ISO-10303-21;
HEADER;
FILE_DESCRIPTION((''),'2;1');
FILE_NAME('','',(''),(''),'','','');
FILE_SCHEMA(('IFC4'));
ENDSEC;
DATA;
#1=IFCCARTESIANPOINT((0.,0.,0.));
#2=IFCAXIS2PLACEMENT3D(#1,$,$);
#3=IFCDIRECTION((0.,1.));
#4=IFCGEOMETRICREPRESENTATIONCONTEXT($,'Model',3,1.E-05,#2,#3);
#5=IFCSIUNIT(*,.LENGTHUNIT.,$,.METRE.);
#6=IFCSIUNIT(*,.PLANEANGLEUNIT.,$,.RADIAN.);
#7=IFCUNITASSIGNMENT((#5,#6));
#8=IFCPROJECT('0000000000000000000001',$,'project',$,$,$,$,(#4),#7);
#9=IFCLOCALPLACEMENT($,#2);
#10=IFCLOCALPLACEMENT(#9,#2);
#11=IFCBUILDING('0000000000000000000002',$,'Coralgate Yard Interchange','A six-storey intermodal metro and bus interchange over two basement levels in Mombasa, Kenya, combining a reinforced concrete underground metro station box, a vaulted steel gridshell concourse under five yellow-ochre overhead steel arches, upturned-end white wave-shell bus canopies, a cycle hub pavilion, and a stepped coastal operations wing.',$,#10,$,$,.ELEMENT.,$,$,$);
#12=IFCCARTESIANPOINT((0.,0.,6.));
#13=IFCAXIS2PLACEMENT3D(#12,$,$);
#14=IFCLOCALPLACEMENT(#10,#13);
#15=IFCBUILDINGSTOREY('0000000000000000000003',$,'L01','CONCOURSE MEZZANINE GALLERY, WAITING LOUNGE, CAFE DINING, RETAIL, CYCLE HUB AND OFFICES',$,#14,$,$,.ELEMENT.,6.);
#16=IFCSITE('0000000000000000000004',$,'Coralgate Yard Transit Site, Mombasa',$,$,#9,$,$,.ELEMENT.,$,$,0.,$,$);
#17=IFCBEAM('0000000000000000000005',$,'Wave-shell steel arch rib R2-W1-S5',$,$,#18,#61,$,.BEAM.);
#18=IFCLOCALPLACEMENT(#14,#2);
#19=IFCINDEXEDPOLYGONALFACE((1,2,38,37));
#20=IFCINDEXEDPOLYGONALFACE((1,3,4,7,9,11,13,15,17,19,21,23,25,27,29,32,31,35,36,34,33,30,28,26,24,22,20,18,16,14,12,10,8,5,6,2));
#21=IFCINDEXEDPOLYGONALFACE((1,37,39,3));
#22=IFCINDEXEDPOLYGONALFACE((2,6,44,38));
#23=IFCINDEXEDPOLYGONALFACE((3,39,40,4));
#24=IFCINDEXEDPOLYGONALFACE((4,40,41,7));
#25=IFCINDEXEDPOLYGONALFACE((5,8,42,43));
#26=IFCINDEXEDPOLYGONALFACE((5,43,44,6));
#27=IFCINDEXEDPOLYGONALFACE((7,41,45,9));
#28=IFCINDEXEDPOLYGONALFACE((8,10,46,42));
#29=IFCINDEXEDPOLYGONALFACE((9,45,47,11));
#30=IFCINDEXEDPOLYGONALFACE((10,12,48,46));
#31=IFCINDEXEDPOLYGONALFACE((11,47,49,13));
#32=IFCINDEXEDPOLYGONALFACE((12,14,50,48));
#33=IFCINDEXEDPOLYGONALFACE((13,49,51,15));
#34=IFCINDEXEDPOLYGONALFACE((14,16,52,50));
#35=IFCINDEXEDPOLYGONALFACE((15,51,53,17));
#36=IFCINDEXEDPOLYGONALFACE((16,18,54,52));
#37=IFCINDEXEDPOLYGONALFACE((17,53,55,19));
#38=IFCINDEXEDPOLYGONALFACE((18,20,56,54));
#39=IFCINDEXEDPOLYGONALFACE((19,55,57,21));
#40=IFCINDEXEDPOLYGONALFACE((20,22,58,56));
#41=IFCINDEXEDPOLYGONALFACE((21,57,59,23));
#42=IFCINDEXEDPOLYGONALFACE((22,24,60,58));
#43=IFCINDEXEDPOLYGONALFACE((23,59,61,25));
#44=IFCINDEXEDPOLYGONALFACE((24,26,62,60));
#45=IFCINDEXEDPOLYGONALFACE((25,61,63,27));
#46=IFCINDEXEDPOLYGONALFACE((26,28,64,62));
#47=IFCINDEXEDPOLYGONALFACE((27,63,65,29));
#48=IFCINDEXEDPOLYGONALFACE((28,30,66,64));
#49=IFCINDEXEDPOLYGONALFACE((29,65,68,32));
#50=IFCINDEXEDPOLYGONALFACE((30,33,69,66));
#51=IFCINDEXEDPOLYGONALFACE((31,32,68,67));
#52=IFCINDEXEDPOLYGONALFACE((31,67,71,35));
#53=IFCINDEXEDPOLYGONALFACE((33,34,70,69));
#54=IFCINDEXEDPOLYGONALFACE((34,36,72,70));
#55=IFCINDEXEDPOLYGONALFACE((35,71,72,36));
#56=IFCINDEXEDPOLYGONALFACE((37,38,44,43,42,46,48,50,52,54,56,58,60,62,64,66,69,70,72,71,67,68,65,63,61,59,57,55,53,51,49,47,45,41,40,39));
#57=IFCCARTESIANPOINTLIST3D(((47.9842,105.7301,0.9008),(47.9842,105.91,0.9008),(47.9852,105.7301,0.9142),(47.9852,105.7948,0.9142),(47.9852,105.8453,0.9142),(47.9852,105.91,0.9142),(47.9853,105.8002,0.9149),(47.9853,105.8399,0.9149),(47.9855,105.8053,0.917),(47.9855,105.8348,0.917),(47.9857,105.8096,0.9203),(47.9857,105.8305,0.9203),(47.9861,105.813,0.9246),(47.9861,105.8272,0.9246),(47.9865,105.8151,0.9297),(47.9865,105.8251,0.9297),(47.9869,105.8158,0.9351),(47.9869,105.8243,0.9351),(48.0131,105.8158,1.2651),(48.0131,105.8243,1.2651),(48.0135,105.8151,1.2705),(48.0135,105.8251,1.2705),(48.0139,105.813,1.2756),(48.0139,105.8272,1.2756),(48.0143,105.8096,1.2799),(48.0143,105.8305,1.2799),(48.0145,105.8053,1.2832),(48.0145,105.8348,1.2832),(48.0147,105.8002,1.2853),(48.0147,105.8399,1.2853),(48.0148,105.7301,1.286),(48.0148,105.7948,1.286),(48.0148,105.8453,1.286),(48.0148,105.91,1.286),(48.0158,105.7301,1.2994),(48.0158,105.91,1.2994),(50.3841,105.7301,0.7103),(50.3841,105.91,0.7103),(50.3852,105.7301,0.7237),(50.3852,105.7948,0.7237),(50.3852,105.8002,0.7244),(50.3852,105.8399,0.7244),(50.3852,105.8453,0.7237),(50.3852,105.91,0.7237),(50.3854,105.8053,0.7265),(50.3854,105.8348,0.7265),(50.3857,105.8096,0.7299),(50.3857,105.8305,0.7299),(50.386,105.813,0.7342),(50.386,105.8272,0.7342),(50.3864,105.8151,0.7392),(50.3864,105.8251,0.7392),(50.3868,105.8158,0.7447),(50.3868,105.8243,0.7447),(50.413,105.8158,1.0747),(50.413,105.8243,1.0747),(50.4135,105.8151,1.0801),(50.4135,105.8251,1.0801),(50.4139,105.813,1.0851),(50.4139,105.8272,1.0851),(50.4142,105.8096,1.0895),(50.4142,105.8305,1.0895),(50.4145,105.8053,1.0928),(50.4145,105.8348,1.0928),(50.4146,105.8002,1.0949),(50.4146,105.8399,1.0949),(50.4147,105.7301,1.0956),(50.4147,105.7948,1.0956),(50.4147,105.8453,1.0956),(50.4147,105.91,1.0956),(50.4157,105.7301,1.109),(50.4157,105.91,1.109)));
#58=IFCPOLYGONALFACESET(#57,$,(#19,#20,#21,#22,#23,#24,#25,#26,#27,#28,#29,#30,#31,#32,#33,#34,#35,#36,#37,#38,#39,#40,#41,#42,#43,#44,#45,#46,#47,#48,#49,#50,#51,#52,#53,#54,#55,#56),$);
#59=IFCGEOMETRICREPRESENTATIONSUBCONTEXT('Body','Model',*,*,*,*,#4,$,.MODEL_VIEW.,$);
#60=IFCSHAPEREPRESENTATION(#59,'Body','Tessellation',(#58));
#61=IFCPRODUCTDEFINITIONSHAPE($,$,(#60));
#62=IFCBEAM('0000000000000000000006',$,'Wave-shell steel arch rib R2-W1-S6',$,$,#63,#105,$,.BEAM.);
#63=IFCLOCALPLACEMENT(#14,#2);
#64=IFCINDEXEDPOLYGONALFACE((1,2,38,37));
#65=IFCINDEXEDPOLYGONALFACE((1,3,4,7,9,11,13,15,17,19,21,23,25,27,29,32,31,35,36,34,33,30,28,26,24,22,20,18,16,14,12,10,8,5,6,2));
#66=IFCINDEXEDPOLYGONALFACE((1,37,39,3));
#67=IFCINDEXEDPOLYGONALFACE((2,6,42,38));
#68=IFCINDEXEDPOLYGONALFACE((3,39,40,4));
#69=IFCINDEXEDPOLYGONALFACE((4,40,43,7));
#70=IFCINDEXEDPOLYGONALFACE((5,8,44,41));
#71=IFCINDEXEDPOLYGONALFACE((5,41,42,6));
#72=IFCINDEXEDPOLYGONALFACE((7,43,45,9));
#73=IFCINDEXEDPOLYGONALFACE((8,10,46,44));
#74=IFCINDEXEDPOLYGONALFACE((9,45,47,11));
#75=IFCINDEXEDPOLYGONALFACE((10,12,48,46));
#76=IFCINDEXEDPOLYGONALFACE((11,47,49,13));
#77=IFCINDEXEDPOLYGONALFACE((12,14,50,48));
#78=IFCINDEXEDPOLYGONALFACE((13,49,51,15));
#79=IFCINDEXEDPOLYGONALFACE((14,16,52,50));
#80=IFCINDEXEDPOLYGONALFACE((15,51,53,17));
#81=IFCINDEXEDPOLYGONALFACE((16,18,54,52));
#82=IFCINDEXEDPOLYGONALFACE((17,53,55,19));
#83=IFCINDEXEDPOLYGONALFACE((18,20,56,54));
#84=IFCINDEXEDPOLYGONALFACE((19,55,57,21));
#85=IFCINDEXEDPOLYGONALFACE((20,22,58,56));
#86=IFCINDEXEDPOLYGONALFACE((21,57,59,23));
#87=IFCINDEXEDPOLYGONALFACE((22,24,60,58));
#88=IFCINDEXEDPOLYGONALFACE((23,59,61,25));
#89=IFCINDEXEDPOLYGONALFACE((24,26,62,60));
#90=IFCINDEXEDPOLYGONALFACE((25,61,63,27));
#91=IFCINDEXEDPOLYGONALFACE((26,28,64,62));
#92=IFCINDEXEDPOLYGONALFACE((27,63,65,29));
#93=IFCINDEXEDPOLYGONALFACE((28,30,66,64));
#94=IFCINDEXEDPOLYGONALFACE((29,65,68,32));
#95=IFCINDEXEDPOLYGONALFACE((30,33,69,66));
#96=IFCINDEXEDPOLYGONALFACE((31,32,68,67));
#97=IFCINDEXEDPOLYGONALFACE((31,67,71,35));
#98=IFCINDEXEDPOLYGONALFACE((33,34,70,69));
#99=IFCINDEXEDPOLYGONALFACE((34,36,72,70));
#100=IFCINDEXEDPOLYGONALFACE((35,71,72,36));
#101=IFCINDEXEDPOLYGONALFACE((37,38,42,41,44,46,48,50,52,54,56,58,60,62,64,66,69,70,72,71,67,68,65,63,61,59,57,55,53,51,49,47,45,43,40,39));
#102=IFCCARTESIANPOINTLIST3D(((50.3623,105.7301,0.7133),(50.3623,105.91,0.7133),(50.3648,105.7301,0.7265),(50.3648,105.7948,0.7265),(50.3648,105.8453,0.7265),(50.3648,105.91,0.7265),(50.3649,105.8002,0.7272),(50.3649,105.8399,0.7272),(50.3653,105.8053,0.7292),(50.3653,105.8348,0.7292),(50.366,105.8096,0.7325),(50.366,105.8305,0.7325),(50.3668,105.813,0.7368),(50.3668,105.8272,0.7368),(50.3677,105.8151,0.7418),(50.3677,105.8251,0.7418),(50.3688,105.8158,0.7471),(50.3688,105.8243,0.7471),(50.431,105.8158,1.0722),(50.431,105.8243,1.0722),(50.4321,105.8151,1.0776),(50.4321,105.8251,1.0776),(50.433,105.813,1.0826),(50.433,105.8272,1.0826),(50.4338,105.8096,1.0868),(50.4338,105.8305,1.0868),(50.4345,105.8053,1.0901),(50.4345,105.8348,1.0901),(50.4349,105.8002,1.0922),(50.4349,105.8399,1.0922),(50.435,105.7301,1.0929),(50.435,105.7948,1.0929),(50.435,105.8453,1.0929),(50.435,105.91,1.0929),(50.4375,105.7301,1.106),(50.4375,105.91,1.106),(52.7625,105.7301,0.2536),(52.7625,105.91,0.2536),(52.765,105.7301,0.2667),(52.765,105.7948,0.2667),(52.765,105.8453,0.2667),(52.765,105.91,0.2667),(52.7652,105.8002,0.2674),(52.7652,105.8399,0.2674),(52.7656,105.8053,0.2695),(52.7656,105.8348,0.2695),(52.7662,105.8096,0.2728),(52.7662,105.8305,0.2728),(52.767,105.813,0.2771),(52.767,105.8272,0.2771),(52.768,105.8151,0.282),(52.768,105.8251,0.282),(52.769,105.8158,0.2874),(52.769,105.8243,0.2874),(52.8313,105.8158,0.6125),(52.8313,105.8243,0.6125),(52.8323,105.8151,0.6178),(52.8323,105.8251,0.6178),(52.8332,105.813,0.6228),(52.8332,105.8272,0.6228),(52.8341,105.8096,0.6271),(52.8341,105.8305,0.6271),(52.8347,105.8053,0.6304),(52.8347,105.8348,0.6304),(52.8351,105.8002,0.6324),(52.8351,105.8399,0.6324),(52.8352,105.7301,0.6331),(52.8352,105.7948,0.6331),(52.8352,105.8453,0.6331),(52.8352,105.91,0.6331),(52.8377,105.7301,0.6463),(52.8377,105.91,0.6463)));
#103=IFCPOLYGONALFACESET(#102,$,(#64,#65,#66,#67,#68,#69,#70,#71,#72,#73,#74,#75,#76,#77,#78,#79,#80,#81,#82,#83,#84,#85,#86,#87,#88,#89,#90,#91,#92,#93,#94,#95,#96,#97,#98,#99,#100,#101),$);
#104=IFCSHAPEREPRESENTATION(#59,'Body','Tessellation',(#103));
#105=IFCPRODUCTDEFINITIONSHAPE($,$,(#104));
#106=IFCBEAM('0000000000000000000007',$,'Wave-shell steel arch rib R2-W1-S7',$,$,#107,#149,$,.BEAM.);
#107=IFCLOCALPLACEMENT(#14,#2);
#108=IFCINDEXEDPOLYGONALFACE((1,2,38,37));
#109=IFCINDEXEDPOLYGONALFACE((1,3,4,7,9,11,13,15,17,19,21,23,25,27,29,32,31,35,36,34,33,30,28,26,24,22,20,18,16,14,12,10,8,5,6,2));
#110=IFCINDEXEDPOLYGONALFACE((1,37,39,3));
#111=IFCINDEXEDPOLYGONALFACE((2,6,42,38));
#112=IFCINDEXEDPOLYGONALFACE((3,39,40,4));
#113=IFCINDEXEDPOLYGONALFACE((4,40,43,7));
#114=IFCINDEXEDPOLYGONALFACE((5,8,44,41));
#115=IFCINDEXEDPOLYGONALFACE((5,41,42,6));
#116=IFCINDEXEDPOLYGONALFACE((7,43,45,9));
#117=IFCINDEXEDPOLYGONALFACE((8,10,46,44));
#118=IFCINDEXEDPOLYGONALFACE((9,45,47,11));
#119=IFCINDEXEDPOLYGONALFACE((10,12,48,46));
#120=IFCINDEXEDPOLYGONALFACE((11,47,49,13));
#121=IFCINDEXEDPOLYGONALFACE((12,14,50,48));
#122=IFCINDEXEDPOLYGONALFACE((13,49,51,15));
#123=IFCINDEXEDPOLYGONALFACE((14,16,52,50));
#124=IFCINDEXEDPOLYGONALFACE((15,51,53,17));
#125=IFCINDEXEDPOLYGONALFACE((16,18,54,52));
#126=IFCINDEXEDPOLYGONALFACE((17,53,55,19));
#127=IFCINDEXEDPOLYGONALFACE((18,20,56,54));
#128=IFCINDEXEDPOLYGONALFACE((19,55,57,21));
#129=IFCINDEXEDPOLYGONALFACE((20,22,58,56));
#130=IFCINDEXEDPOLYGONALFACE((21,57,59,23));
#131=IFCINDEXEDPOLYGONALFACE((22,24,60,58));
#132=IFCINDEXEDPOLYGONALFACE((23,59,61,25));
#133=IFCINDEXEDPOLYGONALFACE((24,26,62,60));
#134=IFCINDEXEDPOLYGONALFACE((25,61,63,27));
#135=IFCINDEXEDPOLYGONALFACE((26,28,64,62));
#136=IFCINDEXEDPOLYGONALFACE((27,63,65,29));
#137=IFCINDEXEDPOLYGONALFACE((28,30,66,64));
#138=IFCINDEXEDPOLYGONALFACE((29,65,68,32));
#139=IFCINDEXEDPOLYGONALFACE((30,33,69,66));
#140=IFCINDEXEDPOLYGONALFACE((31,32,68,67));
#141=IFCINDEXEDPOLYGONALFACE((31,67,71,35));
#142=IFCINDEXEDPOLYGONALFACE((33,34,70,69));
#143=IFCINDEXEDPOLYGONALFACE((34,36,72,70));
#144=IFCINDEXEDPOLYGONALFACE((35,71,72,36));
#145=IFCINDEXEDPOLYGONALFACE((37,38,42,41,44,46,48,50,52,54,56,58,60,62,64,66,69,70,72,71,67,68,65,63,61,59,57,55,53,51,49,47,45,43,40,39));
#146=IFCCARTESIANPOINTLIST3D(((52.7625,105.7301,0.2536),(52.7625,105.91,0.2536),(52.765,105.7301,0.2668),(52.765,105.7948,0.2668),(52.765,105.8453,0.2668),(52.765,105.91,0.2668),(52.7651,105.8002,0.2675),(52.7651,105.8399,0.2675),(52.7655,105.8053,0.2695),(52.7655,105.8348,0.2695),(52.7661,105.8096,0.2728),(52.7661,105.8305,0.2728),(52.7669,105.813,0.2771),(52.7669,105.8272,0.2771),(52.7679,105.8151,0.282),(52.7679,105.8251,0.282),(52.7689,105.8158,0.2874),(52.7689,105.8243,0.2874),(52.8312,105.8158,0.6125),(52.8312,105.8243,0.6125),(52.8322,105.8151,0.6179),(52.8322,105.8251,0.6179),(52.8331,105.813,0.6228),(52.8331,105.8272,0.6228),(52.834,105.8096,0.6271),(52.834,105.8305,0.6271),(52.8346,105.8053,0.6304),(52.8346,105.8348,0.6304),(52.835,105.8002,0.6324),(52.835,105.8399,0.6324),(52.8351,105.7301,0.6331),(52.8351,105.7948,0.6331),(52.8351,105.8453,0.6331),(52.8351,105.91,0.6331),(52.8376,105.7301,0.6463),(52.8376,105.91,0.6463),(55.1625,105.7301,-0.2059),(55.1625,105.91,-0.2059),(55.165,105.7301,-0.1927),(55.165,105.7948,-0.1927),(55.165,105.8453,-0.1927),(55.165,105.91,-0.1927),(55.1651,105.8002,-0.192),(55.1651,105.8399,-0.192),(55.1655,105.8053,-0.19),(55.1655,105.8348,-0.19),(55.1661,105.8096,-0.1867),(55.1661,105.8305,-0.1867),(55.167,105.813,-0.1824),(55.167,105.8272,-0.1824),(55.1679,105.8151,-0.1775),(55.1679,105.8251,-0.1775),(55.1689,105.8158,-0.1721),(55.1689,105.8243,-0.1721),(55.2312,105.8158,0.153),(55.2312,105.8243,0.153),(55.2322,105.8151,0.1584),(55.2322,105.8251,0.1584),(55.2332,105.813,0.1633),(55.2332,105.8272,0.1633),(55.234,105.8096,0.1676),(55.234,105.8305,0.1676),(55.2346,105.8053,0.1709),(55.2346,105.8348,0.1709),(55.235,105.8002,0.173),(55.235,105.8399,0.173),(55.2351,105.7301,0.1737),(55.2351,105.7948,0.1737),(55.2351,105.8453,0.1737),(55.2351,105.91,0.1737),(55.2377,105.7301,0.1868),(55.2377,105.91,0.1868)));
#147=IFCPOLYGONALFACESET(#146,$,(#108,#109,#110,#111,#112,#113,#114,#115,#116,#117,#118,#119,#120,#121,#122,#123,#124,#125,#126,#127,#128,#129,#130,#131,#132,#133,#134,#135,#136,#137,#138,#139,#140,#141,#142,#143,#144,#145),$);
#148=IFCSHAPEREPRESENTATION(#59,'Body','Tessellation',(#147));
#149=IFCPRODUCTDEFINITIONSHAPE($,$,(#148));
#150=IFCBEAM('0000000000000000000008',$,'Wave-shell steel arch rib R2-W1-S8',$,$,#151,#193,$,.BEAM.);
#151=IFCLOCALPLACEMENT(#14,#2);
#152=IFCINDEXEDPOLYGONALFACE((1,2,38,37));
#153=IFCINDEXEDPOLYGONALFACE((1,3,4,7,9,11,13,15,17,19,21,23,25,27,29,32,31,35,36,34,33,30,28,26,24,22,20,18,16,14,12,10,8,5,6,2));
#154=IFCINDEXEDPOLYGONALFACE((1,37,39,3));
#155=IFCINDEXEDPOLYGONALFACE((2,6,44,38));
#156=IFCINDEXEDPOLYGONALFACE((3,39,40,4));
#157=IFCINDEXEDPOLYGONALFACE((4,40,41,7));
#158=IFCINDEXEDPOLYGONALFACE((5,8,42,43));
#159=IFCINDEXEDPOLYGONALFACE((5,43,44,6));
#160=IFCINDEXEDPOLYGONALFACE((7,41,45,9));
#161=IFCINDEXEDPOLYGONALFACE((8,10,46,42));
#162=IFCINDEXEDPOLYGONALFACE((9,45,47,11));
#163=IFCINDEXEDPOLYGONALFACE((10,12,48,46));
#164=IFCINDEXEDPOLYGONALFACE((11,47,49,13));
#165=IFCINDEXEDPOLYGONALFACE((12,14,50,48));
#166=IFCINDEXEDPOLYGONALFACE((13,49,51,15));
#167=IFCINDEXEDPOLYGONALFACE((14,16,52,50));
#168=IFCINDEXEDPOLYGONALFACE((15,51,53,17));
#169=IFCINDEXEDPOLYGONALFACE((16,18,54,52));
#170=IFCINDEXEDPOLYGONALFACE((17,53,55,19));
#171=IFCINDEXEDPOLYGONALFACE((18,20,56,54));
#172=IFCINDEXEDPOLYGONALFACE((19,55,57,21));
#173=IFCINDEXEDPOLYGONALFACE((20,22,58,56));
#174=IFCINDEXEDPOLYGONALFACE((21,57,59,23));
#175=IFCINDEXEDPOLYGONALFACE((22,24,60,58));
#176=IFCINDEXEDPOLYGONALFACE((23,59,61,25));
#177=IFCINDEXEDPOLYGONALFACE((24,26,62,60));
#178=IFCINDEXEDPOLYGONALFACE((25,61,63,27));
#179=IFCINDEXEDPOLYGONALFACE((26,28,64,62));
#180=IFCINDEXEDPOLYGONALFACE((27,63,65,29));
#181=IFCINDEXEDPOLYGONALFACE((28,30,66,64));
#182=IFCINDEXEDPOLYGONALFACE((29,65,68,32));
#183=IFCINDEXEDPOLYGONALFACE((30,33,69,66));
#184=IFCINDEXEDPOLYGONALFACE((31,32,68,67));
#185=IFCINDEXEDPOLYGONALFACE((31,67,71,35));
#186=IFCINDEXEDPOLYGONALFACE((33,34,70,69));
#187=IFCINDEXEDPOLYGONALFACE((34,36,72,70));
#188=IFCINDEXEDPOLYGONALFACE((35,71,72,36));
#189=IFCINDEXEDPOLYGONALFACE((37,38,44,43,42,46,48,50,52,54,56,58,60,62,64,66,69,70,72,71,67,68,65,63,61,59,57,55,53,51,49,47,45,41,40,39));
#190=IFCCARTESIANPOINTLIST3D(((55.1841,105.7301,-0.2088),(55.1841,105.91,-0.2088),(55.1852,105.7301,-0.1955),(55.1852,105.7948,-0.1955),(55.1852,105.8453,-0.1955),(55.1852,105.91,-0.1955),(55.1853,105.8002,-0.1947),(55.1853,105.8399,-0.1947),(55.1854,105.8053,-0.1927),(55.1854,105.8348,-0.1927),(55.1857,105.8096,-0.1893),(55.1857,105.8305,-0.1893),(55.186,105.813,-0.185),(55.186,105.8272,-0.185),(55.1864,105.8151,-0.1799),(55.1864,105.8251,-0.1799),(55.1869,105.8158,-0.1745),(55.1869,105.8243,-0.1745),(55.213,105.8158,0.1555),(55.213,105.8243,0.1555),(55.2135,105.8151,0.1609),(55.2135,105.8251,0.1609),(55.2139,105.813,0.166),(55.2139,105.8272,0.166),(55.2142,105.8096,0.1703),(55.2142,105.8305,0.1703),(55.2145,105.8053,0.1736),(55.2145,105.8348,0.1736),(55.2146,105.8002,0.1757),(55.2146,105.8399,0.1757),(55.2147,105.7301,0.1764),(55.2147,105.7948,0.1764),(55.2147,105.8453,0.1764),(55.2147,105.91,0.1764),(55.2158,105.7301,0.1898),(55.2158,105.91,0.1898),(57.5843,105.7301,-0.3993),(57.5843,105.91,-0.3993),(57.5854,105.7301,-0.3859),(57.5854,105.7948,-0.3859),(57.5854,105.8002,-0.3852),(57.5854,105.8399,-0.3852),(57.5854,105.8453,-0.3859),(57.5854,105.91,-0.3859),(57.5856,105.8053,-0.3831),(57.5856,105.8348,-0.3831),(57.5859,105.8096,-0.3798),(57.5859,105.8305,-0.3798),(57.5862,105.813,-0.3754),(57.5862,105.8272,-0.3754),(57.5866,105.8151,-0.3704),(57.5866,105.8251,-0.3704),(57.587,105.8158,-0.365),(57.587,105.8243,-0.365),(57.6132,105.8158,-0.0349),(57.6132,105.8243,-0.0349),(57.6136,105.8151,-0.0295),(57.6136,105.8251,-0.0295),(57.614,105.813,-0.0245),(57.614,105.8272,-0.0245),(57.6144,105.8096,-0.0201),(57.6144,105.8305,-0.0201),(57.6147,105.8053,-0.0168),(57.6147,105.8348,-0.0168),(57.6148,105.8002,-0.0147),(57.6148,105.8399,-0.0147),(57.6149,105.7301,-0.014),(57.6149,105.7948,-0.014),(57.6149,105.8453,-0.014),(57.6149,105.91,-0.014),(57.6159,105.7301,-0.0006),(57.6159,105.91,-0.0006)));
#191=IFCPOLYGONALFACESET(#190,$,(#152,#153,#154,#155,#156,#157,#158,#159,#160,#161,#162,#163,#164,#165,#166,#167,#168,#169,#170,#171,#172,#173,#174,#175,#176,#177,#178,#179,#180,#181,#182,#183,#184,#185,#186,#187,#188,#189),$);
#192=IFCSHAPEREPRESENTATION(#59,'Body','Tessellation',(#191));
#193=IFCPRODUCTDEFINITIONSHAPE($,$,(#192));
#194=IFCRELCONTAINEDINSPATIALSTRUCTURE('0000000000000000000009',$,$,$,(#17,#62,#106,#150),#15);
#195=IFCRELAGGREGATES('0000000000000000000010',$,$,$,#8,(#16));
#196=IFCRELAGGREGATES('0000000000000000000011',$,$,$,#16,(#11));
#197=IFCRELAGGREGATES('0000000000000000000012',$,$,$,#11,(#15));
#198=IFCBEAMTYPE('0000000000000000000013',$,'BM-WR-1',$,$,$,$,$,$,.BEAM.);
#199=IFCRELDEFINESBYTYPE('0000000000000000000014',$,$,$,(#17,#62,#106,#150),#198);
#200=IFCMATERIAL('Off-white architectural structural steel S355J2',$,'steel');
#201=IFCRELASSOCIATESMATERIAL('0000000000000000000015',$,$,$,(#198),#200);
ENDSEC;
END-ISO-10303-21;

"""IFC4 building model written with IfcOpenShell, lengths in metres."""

from ifc_helpers import new_model, si_unit, direction, frame, origin, origin_2d, place, context, subcontext, project, spatial, i_section, extrude, material, material_profile, profile_set, type_object, element, save


model = new_model("IFC4")

# Units and contexts
model_context = context("Model", 3, precision=1e-05, world=origin(), true_north=direction((0.0, 1.0)))
body_context = subcontext(model_context, "Body", "Model", "MODEL_VIEW")
ifc_project = project(units=[si_unit("LENGTHUNIT", "METRE"), si_unit("PLANEANGLEUNIT", "RADIAN")], contexts=[model_context])

# Site, building, storey
site_placement = place(None, origin())
site = spatial("IfcSite", under=ifc_project, at=site_placement, Name="Coralgate Yard Transit Site, Mombasa", CompositionType="ELEMENT", RefElevation=0.0)
building_placement = place(site_placement, origin())
building = spatial("IfcBuilding", under=site, at=building_placement, Name="Coralgate Yard Interchange", Description="A six-storey intermodal metro and bus interchange over two basement levels in Mombasa, Kenya, combining a reinforced concrete underground metro station box, a vaulted steel gridshell concourse under five yellow-ochre overhead steel arches, upturned-end white wave-shell bus canopies, a cycle hub pavilion, and a stepped coastal operations wing.", CompositionType="ELEMENT")
storey_placement = place(building_placement, frame((0.0, 0.0, 6.0)))
storey = spatial("IfcBuildingStorey", under=building, at=storey_placement, Name="L01", Description="CONCOURSE MEZZANINE GALLERY, WAITING LOUNGE, CAFE DINING, RETAIL, CYCLE HUB AND OFFICES", CompositionType="ELEMENT", Elevation=6.0)

# Beams
ifc_material_1 = material(Name="Off-white architectural structural steel S355J2", Category="steel")
ifc_material_profile_1 = material_profile(ifc_material_1, i_section(OverallWidth=0.1799, OverallDepth=0.3999, WebThickness=0.0085, FlangeThickness=0.0134, FilletRadius=0.021, at=origin_2d()), Name="IPE 400")
ifc_profile_set_1 = profile_set([ifc_material_profile_1], Name="Off-white architectural structural steel S355J2")
beam_type_1 = type_object("IfcBeamType", Name="BM-WR-1", PredefinedType="BEAM", material=ifc_profile_set_1)
beam_1_placement = place(storey_placement, frame((48.0, 105.8201, 1.1001), z_axis=(0.996867, 0.0, -0.0791), x_axis=(0.0, 1.0, 0.0)))
element("IfcBeam", 1, at=beam_1_placement, inside=storey, type_object=beam_type_1, Name="Wave-shell steel arch rib R2-W1-S5", PredefinedType="BEAM", context=body_context, shape_type="SweptSolid", body=[
    extrude(i_section(OverallWidth=0.1799, OverallDepth=0.3999, WebThickness=0.0085, FlangeThickness=0.0134, FilletRadius=0.021, at=origin_2d()), origin(), (0.0, 0.0, 1.0), 2.4075),
])
beam_2_placement = place(storey_placement, frame((50.3999, 105.8201, 0.9097), z_axis=(0.982147, 0.0, -0.188117), x_axis=(0.0, 1.0, 0.0)))
element("IfcBeam", 2, at=beam_2_placement, inside=storey, type_object=beam_type_1, Name="Wave-shell steel arch rib R2-W1-S6", PredefinedType="BEAM", context=body_context, shape_type="SweptSolid", body=[
    extrude(i_section(OverallWidth=0.1799, OverallDepth=0.3999, WebThickness=0.0085, FlangeThickness=0.0134, FilletRadius=0.021, at=origin_2d()), origin(), (0.0, 0.0, 1.0), 2.4438),
])
beam_3_placement = place(storey_placement, frame((52.8, 105.8201, 0.45), z_axis=(0.982161, 0.0, -0.188039), x_axis=(0.0, 1.0, 0.0)))
element("IfcBeam", 3, at=beam_3_placement, inside=storey, type_object=beam_type_1, Name="Wave-shell steel arch rib R2-W1-S7", PredefinedType="BEAM", context=body_context, shape_type="SweptSolid", body=[
    extrude(i_section(OverallWidth=0.1799, OverallDepth=0.3999, WebThickness=0.0085, FlangeThickness=0.0134, FilletRadius=0.021, at=origin_2d()), origin(), (0.0, 0.0, 1.0), 2.4436),
])
beam_4_placement = place(storey_placement, frame((55.2, 105.8201, -0.0095), z_axis=(0.996867, 0.0, -0.079092), x_axis=(0.0, 1.0, 0.0)))
element("IfcBeam", 4, at=beam_4_placement, inside=storey, type_object=beam_type_1, Name="Wave-shell steel arch rib R2-W1-S8", PredefinedType="BEAM", context=body_context, shape_type="SweptSolid", body=[
    extrude(i_section(OverallWidth=0.1799, OverallDepth=0.3999, WebThickness=0.0085, FlangeThickness=0.0134, FilletRadius=0.021, at=origin_2d()), origin(), (0.0, 0.0, 1.0), 2.4077),
])

save(model, "model.ifc")
